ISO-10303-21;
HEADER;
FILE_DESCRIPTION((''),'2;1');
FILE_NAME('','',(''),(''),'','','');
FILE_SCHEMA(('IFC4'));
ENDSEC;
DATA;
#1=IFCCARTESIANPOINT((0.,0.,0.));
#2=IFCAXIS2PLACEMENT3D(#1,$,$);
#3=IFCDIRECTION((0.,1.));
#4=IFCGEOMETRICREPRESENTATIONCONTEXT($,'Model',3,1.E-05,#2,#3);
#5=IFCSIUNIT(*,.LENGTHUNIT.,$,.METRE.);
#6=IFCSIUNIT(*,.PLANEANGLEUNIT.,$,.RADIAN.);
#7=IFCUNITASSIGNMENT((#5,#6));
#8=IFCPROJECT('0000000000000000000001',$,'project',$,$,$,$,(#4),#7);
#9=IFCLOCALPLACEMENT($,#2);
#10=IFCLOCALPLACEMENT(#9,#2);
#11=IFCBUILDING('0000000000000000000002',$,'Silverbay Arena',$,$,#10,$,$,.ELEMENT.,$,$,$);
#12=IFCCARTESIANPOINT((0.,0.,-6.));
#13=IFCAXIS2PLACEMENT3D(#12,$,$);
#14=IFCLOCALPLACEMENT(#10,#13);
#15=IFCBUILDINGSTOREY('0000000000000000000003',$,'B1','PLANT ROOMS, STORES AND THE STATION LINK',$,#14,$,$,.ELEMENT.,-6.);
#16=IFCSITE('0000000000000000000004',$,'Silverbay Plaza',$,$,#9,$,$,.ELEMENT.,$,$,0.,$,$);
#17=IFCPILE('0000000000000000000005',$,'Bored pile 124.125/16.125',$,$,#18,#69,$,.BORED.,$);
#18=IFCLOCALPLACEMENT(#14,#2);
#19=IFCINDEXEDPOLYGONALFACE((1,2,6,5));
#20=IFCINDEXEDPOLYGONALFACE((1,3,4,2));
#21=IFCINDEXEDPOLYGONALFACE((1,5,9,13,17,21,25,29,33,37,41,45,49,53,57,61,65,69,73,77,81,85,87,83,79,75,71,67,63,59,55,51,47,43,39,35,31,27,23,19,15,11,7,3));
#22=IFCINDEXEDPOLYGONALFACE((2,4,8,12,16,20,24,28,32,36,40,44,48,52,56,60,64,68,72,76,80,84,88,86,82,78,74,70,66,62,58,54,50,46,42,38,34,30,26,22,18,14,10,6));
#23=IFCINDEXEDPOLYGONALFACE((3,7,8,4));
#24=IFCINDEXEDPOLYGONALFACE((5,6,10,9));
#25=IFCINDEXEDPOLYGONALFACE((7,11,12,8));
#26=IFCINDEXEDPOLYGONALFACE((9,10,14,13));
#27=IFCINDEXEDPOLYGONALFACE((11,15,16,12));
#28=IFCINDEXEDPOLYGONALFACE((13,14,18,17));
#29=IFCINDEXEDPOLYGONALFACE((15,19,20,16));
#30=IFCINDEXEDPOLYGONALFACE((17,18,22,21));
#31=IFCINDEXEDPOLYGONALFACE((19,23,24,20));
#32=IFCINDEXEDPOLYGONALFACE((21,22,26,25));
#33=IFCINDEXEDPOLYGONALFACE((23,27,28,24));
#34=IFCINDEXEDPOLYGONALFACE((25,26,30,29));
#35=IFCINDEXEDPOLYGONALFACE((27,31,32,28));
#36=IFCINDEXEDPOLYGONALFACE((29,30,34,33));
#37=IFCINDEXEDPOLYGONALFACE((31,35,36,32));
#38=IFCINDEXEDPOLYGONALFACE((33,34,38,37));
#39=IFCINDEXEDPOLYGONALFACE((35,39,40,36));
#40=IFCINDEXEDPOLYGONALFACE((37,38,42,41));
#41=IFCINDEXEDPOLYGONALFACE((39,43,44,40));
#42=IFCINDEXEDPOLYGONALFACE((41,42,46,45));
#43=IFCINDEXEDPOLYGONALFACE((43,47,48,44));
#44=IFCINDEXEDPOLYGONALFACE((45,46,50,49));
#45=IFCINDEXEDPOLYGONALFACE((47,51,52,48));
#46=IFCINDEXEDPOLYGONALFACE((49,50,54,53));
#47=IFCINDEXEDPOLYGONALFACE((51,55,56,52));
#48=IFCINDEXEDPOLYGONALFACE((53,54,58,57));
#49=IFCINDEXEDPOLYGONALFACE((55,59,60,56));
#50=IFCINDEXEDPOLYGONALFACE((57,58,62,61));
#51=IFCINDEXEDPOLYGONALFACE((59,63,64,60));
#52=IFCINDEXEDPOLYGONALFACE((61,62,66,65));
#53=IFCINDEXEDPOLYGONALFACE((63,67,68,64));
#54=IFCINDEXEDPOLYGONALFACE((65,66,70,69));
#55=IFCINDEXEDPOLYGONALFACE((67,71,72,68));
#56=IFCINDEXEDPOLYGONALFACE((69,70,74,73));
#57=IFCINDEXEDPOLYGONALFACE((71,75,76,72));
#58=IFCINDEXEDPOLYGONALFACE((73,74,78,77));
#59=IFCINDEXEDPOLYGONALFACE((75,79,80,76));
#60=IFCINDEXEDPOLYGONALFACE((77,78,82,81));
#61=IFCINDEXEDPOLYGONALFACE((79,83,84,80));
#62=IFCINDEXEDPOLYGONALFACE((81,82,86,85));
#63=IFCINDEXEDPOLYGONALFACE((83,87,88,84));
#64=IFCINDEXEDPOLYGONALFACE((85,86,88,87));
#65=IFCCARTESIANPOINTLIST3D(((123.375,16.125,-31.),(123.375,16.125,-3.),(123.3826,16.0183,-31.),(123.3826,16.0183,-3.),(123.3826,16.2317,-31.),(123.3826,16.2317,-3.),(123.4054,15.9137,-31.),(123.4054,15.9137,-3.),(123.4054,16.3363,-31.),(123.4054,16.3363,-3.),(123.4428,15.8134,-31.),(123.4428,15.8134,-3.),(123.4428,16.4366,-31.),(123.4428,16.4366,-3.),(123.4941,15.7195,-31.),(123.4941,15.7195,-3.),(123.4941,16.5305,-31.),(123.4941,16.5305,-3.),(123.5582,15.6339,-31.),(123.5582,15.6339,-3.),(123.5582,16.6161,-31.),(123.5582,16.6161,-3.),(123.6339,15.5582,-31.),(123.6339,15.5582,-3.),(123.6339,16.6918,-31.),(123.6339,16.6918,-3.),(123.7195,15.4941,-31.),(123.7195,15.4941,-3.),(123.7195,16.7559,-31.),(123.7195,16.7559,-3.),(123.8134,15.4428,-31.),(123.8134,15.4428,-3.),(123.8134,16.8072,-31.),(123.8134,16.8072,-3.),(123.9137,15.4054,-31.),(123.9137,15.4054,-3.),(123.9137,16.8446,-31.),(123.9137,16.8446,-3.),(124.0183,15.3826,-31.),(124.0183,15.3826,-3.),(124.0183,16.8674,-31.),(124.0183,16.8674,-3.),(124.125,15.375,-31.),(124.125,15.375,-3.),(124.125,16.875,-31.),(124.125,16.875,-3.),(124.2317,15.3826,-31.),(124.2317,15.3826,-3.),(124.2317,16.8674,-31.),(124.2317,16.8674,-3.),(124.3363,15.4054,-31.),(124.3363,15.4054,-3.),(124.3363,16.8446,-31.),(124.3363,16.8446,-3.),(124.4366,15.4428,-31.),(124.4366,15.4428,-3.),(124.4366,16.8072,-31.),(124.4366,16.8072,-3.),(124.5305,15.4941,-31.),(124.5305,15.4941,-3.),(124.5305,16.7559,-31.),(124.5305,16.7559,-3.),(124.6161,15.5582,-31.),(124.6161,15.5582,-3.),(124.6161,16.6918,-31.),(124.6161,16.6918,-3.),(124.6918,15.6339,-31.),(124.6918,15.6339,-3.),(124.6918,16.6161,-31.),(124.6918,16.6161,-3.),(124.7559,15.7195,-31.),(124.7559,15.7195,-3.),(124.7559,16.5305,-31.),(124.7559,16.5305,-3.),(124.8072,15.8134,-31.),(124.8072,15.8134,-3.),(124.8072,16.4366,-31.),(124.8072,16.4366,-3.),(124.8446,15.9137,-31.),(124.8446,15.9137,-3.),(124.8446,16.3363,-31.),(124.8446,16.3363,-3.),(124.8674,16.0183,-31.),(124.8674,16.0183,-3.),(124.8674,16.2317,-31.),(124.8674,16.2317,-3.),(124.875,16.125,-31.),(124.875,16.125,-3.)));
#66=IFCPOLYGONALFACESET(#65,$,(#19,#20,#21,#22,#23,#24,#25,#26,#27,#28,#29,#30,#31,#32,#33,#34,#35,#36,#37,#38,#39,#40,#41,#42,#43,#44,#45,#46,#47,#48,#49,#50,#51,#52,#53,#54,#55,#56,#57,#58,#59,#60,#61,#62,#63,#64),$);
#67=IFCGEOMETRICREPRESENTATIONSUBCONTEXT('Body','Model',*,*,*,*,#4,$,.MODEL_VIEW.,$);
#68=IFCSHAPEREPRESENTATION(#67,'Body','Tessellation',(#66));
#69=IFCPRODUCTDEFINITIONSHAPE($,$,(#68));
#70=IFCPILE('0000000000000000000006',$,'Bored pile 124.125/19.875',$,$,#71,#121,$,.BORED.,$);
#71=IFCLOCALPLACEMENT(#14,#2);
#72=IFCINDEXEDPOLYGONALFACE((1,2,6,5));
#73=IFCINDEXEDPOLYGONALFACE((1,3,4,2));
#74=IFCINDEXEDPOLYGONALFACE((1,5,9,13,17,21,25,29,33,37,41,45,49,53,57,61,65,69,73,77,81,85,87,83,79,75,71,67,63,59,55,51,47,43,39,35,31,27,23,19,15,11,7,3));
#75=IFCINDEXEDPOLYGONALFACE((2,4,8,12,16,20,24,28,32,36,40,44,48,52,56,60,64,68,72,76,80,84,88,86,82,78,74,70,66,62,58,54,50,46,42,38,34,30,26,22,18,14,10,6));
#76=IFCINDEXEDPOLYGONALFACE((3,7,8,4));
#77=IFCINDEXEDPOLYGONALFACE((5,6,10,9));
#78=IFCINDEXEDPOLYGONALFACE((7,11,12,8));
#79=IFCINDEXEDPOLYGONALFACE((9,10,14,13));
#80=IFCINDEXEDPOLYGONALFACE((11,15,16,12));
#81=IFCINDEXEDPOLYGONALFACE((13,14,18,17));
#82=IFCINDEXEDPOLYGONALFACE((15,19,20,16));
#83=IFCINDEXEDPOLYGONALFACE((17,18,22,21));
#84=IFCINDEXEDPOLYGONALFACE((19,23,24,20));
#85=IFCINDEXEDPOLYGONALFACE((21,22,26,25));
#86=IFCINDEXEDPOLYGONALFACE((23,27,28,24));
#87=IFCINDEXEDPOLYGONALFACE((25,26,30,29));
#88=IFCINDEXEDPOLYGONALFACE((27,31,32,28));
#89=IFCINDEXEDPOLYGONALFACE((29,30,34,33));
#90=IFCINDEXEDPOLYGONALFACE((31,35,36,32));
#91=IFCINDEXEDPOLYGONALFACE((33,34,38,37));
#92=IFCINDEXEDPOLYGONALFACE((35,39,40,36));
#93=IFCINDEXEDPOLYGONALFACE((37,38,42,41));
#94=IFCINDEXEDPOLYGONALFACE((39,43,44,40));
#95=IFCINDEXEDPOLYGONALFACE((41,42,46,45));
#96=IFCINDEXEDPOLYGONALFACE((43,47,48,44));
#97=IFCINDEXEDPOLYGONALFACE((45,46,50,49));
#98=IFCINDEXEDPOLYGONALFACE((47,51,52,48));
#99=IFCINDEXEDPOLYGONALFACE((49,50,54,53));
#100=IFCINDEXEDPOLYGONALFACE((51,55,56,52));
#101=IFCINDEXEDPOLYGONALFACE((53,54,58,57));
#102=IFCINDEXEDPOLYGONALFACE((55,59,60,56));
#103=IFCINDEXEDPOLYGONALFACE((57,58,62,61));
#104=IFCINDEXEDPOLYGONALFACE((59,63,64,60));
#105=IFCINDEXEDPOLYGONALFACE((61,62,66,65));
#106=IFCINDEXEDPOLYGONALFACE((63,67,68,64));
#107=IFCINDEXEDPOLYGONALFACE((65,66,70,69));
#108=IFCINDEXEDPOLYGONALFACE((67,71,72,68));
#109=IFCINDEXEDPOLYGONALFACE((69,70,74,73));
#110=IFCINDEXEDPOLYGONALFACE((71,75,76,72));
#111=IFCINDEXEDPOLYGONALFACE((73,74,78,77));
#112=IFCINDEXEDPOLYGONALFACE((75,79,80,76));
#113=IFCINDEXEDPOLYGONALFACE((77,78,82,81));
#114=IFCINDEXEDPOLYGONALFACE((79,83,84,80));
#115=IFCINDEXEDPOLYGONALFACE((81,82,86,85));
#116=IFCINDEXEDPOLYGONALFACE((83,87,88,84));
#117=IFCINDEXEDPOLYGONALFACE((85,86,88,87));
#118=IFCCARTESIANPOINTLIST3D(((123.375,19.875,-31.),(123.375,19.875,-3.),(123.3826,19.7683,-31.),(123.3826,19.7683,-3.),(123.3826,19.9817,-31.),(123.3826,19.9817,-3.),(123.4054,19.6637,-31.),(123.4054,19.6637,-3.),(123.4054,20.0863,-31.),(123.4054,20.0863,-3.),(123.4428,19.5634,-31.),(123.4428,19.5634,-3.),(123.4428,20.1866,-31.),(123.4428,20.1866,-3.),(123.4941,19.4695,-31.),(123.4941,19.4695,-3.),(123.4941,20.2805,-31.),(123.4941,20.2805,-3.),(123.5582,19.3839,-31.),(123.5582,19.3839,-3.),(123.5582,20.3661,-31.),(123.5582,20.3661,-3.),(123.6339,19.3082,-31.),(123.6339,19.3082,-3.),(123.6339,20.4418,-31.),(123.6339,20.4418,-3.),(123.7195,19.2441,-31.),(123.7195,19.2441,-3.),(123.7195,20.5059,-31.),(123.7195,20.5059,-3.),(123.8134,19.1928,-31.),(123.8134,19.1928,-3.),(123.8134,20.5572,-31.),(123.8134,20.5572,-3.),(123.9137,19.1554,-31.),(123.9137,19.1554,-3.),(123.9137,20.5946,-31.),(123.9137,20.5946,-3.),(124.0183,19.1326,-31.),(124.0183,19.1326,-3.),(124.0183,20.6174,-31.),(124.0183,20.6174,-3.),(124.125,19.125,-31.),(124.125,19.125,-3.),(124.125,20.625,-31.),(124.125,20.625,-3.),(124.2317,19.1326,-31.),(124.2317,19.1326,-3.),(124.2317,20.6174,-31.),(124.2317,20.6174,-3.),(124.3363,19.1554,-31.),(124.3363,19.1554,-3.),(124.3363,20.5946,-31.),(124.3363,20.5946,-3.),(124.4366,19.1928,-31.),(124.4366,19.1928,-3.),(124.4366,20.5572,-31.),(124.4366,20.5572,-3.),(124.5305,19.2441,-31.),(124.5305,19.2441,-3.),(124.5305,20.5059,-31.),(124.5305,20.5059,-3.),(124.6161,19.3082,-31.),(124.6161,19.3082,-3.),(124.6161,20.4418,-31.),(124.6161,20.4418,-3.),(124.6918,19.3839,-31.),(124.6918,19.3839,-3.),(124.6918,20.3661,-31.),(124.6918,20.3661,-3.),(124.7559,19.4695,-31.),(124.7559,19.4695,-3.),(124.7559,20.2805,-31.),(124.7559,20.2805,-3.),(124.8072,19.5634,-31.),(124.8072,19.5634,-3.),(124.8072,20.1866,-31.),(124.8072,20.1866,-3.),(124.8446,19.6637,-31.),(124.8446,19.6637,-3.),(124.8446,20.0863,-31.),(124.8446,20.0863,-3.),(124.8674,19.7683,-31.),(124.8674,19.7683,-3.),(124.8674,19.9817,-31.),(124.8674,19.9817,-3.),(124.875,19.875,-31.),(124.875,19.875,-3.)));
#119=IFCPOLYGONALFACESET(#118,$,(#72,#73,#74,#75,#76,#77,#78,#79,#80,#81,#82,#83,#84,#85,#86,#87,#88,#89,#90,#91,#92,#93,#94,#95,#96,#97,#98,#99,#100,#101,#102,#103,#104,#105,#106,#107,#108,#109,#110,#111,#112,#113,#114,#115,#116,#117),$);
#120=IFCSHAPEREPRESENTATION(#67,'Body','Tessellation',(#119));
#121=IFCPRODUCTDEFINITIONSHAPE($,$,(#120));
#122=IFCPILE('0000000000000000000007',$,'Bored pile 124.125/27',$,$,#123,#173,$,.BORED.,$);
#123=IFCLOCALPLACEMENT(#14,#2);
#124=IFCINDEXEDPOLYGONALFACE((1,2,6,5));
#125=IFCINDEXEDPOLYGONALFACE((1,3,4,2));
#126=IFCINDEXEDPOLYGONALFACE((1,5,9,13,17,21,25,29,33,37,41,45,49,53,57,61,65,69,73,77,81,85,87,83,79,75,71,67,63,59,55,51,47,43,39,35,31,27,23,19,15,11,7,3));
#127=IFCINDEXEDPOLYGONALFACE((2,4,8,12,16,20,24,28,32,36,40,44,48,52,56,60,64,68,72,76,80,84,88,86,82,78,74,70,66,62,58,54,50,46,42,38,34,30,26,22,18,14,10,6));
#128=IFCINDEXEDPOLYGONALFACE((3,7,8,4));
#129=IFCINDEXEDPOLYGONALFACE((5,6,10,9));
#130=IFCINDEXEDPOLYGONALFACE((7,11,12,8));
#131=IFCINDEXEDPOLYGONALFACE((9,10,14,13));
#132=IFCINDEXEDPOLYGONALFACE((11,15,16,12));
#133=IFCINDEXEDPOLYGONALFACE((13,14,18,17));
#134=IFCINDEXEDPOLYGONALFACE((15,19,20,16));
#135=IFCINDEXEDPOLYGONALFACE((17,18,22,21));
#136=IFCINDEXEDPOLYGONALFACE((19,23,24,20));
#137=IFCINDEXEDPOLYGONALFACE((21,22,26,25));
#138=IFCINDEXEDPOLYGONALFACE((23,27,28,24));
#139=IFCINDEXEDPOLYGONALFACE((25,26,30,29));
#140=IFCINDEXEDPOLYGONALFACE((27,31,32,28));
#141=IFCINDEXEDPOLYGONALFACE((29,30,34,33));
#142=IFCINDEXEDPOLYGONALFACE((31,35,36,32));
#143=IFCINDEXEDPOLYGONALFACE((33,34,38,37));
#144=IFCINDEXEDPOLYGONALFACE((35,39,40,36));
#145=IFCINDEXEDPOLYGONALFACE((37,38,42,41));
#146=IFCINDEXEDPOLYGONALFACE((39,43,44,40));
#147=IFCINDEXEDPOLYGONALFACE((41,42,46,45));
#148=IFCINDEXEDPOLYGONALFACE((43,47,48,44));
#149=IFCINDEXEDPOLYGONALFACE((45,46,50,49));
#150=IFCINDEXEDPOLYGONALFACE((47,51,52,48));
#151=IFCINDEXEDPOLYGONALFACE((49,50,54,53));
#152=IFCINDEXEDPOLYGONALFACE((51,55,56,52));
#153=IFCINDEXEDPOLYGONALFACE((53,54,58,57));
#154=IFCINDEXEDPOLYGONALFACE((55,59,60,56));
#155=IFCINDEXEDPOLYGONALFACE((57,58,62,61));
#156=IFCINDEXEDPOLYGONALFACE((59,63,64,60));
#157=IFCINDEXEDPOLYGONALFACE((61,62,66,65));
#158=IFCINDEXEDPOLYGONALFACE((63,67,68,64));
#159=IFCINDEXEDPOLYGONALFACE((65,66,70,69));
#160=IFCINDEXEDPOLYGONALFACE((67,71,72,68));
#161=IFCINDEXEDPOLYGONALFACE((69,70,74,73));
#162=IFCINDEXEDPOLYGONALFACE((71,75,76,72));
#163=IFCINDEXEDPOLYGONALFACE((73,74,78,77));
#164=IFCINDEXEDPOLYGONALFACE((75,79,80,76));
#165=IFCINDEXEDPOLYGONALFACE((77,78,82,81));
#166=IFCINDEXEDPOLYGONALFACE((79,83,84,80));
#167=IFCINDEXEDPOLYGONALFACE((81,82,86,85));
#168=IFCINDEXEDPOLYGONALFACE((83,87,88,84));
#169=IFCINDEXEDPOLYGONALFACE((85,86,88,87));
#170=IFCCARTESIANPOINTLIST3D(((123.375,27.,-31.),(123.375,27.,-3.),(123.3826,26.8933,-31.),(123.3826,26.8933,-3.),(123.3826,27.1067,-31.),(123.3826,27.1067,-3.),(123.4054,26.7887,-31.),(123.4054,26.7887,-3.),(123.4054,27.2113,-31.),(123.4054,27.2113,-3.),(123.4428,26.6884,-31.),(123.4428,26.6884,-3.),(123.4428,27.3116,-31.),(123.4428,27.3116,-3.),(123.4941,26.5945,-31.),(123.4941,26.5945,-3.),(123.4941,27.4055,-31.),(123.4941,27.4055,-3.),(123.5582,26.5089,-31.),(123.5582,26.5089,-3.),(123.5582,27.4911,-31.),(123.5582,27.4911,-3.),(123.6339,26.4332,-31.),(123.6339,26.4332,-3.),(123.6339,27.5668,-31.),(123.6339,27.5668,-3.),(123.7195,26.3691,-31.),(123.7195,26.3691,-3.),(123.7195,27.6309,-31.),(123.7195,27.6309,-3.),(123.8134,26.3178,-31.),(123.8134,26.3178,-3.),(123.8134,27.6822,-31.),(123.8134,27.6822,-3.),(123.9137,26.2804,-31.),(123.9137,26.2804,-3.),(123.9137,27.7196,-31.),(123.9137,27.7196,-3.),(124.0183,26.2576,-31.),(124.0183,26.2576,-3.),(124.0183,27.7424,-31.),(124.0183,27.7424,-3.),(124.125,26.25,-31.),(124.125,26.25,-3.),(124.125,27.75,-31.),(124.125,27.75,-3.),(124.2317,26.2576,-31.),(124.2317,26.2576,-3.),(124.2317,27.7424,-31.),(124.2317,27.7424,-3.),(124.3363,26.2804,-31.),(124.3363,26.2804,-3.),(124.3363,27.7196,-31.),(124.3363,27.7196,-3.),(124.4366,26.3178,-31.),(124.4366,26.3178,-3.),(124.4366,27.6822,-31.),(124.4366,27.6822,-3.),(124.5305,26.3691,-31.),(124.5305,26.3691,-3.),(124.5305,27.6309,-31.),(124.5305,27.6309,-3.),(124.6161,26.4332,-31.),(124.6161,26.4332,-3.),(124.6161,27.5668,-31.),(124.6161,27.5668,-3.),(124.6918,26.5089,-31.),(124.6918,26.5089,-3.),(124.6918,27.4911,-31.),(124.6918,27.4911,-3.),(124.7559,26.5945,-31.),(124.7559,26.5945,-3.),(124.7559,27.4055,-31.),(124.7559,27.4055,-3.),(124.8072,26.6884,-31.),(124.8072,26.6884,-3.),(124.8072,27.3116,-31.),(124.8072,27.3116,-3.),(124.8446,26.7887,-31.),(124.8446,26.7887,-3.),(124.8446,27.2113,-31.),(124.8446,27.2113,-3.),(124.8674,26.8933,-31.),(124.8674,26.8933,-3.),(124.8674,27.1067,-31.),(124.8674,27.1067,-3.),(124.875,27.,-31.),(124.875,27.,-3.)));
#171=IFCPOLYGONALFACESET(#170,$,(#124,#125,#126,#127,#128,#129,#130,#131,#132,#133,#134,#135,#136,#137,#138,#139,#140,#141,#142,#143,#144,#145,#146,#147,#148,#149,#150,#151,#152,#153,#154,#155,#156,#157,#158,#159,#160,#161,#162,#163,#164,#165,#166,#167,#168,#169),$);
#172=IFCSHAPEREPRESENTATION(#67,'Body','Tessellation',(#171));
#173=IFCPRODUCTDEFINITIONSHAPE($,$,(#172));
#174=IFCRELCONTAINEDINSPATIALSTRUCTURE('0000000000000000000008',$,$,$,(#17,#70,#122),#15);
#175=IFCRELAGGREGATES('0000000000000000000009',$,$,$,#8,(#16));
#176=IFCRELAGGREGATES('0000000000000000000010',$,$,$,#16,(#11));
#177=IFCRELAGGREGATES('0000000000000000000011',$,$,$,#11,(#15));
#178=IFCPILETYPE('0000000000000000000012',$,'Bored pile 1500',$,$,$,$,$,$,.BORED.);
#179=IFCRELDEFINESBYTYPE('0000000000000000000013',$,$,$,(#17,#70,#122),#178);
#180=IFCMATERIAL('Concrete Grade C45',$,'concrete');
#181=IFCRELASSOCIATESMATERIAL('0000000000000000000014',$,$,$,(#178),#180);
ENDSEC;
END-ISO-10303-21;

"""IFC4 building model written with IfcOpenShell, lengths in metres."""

from ifc_helpers import new_model, si_unit, direction, frame, origin, origin_2d, place, context, subcontext, project, spatial, circle, extrude, material, material_profile, profile_set, type_object, element, save


model = new_model("IFC4")

# Units and contexts
model_context = context("Model", 3, precision=1e-05, world=origin(), true_north=direction((0.0, 1.0)))
body_context = subcontext(model_context, "Body", "Model", "MODEL_VIEW")
ifc_project = project(units=[si_unit("LENGTHUNIT", "METRE"), si_unit("PLANEANGLEUNIT", "RADIAN")], contexts=[model_context])

# Site, building, storey
site_placement = place(None, origin())
site = spatial("IfcSite", under=ifc_project, at=site_placement, Name="Silverbay Plaza", CompositionType="ELEMENT", RefElevation=0.0)
building_placement = place(site_placement, origin())
building = spatial("IfcBuilding", under=site, at=building_placement, Name="Silverbay Arena", CompositionType="ELEMENT")
storey_placement = place(building_placement, frame((0.0, 0.0, -6.0)))
storey = spatial("IfcBuildingStorey", under=building, at=storey_placement, Name="B1", Description="PLANT ROOMS, STORES AND THE STATION LINK", CompositionType="ELEMENT", Elevation=-6.0)

# Piles
ifc_material_1 = material(Name="Concrete Grade C45", Category="concrete")
ifc_material_profile_1 = material_profile(ifc_material_1, circle(Radius=0.75, at=origin_2d()), Name="Bored pile 1500")
ifc_profile_set_1 = profile_set([ifc_material_profile_1], Name="Concrete Grade C45")
pile_type_1 = type_object("IfcPileType", Name="Bored pile 1500", PredefinedType="BORED", material=ifc_profile_set_1)
for number, where, z_axis, x_axis, name in (
    (1, (124.125, 16.125, -3.0), (0.0, 0.0, -1.0), (1.0, 0.0, 0.0), "Bored pile 124.125/16.125"),
    (2, (124.125, 19.875, -3.0), (0.0, 0.0, -1.0), (1.0, 0.0, 0.0), "Bored pile 124.125/19.875"),
    (3, (124.125, 27.0, -3.0), (0.0, 0.0, -1.0), (1.0, 0.0, 0.0), "Bored pile 124.125/27"),
):
    element("IfcPile", number, at=place(storey_placement, frame(where, z_axis=z_axis, x_axis=x_axis)), inside=storey, type_object=pile_type_1, Name=name, PredefinedType="BORED", context=body_context, shape_type="SweptSolid", body=[
        extrude(circle(Radius=0.75, at=origin_2d()), origin(), (0.0, 0.0, 1.0), 28.0),
    ])

save(model, "model.ifc")
